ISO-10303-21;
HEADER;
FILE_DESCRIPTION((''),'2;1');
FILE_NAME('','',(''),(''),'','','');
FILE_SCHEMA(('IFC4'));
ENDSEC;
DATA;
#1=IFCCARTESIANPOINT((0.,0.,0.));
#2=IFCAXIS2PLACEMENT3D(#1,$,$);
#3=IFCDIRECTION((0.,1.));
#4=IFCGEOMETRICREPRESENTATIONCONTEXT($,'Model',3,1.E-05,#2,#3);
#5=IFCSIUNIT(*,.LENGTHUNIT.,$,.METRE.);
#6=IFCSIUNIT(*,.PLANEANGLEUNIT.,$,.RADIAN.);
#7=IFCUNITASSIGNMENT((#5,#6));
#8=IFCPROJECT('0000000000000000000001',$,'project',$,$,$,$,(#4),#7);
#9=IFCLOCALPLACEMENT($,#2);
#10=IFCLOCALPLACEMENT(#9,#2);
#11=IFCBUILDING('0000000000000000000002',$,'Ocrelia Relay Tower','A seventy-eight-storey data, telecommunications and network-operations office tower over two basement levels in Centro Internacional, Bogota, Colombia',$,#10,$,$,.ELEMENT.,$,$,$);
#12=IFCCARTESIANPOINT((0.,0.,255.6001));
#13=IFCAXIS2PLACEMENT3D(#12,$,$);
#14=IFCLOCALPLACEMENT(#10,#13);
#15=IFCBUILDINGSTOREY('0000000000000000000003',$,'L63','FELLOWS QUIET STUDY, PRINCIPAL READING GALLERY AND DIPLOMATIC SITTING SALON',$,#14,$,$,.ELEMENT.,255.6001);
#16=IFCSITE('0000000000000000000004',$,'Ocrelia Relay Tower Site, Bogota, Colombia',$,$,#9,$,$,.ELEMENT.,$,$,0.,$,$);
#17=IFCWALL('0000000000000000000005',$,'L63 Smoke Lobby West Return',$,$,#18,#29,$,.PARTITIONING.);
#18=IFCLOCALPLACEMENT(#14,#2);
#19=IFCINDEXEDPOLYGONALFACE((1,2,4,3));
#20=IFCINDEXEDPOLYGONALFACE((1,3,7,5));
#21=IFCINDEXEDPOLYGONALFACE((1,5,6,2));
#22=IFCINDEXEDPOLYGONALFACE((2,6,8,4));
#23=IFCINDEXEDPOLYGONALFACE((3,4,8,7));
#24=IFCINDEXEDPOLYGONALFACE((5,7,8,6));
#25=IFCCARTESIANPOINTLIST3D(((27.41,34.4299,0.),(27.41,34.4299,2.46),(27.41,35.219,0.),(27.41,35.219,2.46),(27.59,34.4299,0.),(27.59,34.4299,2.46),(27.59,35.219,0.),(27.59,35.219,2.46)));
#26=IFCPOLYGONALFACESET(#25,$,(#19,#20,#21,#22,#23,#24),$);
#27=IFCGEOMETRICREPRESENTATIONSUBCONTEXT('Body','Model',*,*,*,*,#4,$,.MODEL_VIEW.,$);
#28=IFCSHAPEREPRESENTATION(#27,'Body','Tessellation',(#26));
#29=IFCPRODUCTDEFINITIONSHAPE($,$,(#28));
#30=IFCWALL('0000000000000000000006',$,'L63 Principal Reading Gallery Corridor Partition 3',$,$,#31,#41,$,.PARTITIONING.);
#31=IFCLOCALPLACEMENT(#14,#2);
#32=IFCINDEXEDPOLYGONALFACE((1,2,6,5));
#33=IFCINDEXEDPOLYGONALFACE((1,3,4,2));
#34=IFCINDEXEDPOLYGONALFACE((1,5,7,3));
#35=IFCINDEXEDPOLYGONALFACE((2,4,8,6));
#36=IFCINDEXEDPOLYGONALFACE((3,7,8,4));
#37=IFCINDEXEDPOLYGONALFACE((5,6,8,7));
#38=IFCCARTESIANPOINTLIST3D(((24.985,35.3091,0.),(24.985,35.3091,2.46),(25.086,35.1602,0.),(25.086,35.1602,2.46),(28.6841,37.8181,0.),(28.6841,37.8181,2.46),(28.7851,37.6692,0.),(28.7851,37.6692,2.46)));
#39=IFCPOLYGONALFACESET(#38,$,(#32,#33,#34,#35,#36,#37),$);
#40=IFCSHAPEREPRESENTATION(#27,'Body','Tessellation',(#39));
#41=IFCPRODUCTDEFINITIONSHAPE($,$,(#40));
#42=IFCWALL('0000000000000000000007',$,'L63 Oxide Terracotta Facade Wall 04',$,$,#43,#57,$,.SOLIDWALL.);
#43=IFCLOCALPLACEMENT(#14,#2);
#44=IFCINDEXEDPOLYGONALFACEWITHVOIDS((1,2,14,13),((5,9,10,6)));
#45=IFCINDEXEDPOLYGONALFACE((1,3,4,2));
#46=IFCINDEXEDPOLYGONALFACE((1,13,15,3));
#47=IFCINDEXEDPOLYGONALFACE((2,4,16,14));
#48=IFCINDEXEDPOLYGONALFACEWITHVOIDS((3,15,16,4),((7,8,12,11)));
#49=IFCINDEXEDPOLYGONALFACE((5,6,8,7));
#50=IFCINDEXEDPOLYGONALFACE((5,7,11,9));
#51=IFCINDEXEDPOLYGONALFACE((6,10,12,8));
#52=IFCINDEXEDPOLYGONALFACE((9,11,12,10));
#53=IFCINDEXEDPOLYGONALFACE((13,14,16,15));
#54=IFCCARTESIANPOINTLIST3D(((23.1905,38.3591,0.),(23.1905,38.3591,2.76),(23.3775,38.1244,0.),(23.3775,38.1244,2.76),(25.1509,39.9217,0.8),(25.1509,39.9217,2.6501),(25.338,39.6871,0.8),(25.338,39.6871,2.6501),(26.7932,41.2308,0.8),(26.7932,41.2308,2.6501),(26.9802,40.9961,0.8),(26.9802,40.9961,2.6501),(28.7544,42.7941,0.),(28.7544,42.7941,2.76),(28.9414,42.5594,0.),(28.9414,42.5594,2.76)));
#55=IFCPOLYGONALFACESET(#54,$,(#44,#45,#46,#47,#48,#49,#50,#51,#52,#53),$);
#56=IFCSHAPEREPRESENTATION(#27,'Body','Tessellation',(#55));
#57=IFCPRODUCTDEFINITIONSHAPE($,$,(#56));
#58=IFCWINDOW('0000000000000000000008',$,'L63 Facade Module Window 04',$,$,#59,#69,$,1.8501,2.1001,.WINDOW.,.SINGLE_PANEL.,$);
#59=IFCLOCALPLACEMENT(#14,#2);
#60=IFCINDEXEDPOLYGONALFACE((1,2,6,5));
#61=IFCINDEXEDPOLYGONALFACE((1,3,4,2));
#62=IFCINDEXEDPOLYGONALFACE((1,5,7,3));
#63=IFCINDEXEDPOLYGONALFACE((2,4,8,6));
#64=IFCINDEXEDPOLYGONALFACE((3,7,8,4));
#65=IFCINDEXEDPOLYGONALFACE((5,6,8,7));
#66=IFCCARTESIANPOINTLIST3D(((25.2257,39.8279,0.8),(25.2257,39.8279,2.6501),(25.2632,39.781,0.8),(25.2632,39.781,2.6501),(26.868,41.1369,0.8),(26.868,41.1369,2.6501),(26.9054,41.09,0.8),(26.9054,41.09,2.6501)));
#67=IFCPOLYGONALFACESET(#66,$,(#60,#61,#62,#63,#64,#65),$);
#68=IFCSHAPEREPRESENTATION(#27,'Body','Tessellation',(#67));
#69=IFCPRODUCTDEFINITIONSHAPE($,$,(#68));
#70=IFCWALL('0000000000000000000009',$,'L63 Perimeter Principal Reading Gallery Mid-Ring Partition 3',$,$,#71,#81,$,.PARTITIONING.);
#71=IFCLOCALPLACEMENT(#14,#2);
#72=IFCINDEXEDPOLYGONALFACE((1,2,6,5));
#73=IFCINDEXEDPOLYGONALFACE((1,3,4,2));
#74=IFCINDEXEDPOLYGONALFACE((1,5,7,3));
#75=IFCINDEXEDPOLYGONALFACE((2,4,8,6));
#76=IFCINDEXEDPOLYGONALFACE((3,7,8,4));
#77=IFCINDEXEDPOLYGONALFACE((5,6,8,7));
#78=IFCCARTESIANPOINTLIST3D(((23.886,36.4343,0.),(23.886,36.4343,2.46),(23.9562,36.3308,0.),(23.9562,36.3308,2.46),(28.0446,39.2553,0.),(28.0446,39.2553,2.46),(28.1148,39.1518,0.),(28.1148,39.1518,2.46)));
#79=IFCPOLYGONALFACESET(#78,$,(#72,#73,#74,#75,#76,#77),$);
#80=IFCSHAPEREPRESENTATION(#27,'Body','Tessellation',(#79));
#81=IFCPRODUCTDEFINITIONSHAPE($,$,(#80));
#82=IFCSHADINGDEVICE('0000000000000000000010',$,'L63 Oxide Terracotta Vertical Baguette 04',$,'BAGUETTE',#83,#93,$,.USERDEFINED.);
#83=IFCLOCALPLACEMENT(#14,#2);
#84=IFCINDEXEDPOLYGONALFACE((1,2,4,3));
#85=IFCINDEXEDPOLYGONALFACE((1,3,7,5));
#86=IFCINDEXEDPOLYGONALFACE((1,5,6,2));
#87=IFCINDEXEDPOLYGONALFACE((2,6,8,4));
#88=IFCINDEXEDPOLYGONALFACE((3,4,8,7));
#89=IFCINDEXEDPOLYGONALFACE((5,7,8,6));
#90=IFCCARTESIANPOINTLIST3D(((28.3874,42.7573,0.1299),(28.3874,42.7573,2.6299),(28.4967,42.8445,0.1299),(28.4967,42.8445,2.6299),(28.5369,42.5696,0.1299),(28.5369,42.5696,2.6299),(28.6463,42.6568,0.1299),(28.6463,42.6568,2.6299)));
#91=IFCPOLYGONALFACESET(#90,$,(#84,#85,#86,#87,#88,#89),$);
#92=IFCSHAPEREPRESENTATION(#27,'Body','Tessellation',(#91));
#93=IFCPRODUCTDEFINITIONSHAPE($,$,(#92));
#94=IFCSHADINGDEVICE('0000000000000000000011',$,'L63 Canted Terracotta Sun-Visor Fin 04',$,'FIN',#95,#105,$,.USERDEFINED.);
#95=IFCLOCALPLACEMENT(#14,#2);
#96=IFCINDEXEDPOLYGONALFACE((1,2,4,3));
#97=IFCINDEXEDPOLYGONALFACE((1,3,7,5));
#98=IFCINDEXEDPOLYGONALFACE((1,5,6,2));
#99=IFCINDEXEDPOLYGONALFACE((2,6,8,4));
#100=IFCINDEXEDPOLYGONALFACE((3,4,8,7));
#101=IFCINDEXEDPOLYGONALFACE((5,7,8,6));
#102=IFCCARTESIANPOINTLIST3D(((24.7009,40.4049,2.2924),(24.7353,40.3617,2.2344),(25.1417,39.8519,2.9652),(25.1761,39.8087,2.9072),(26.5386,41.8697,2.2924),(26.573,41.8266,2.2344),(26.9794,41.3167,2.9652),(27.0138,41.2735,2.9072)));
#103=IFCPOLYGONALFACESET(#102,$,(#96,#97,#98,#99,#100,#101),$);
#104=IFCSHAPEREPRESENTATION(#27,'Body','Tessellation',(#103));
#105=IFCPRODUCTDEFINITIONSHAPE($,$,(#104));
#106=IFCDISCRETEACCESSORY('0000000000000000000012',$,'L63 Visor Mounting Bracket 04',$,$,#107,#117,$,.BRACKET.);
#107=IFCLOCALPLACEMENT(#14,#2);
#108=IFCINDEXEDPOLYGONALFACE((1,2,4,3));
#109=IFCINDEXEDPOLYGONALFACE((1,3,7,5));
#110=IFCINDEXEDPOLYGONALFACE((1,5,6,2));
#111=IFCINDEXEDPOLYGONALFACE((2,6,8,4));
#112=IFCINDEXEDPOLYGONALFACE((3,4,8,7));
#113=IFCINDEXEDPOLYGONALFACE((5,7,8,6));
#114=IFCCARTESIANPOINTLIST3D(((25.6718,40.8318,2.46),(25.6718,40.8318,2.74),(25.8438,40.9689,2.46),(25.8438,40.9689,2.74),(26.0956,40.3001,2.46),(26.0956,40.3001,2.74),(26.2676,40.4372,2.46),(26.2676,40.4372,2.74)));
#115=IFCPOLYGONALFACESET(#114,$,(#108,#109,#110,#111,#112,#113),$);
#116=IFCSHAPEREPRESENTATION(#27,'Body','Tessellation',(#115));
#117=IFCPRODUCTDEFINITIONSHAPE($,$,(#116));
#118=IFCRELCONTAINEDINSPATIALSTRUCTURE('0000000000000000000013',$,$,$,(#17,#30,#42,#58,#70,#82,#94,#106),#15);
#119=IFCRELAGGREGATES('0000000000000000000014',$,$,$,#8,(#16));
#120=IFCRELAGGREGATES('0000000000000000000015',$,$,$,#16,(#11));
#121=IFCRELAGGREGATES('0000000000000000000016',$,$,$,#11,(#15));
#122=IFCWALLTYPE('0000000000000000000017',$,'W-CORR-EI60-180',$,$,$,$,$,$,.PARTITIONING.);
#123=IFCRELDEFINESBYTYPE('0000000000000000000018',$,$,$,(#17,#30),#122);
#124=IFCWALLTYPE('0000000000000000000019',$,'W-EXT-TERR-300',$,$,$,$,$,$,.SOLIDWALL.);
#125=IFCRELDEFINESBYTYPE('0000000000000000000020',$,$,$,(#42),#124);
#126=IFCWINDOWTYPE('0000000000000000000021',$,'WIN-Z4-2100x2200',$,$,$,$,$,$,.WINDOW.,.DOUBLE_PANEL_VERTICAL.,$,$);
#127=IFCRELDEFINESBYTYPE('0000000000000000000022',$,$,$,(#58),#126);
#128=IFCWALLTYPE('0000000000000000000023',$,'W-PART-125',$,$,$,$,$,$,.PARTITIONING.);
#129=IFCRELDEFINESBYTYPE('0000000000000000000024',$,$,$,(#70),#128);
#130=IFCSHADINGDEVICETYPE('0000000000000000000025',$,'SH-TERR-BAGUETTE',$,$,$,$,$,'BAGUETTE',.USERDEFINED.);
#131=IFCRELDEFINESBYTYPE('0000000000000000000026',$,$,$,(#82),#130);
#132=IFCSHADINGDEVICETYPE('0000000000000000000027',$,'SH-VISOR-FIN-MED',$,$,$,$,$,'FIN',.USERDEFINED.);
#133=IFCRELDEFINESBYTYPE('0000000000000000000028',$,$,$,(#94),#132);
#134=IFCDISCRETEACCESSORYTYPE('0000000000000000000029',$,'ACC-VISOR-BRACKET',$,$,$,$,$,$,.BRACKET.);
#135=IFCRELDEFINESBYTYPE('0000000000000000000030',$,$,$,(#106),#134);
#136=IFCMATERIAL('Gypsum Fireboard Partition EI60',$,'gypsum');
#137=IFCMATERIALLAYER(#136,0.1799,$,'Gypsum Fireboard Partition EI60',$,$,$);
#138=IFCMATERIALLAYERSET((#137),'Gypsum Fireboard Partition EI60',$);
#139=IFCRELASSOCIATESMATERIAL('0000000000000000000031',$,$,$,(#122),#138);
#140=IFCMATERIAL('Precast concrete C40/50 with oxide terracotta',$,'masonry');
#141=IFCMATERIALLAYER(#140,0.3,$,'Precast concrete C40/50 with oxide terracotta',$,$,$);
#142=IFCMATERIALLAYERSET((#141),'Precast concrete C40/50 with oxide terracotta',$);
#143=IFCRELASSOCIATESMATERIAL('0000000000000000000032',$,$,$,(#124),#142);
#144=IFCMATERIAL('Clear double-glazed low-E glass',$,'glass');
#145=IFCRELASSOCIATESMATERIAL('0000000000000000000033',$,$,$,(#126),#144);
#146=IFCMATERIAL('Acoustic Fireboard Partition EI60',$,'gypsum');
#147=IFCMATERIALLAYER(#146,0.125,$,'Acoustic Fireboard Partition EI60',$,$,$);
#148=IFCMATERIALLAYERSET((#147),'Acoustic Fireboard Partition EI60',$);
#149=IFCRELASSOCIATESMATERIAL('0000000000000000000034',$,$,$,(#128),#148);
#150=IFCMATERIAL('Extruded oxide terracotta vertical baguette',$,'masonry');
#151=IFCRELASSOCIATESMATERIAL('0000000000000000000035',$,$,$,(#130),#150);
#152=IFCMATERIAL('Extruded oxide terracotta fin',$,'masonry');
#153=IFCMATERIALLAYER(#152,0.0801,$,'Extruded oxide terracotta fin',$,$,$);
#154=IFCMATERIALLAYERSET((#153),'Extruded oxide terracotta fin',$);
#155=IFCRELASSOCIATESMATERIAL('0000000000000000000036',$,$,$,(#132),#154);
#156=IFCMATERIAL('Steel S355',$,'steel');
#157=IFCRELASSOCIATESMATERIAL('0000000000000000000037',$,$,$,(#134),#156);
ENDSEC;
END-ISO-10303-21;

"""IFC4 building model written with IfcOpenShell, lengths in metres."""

from ifc_helpers import new_model, si_unit, direction, frame, frame_2d, origin, origin_2d, place, context, subcontext, project, spatial, rectangle, extrude, material, layer, layer_set, type_object, element, fill, save


model = new_model("IFC4")

# Units and contexts
model_context = context("Model", 3, precision=1e-05, world=origin(), true_north=direction((0.0, 1.0)))
body_context = subcontext(model_context, "Body", "Model", "MODEL_VIEW")
ifc_project = project(units=[si_unit("LENGTHUNIT", "METRE"), si_unit("PLANEANGLEUNIT", "RADIAN")], contexts=[model_context])

# Site, building, storey
site_placement = place(None, origin())
site = spatial("IfcSite", under=ifc_project, at=site_placement, Name="Ocrelia Relay Tower Site, Bogota, Colombia", CompositionType="ELEMENT", RefElevation=0.0)
building_placement = place(site_placement, origin())
building = spatial("IfcBuilding", under=site, at=building_placement, Name="Ocrelia Relay Tower", Description="A seventy-eight-storey data, telecommunications and network-operations office tower over two basement levels in Centro Internacional, Bogota, Colombia", CompositionType="ELEMENT")
storey_placement = place(building_placement, frame((0.0, 0.0, 255.6001)))
storey = spatial("IfcBuildingStorey", under=building, at=storey_placement, Name="L63", Description="FELLOWS QUIET STUDY, PRINCIPAL READING GALLERY AND DIPLOMATIC SITTING SALON", CompositionType="ELEMENT", Elevation=255.6001)

# Shared definitions
ifc_material_1 = material(Name="Steel S355", Category="steel")

# Wall
ifc_material_2 = material(Name="Gypsum Fireboard Partition EI60", Category="gypsum")
ifc_layer_1 = layer(ifc_material_2, 0.1799, Name="Gypsum Fireboard Partition EI60")
ifc_layer_set_1 = layer_set([ifc_layer_1], Name="Gypsum Fireboard Partition EI60")
wall_type_1 = type_object("IfcWallType", Name="W-CORR-EI60-180", PredefinedType="PARTITIONING", material=ifc_layer_set_1)
wall_1_placement = place(storey_placement, frame((27.5, 34.4299, 0.0), z_axis=(0.0, 0.0, 1.0), x_axis=(0.0, 1.0, 0.0)))
element("IfcWall", 1, at=wall_1_placement, inside=storey, type_object=wall_type_1, Name="L63 Smoke Lobby West Return", PredefinedType="PARTITIONING", context=body_context, shape_type="SweptSolid", body=[
    extrude(rectangle(XDim=0.7891, YDim=0.1799, at=frame_2d((0.3945, 0.0))), origin(), (0.0, 0.0, 1.0), 2.46),
])

# Wall
wall_2_placement = place(storey_placement, frame((28.7346, 37.7437, 0.0), z_axis=(0.0, 0.0, 1.0), x_axis=(-0.827595, -0.561325, 0.0)))
element("IfcWall", 2, at=wall_2_placement, inside=storey, type_object=wall_type_1, Name="L63 Principal Reading Gallery Corridor Partition 3", PredefinedType="PARTITIONING", context=body_context, shape_type="SweptSolid", body=[
    extrude(rectangle(XDim=4.4697, YDim=0.1799, at=frame_2d((2.2349, 0.0))), origin(), (0.0, 0.0, 1.0), 2.46),
])

# Wall, opening, window
ifc_material_3 = material(Name="Precast concrete C40/50 with oxide terracotta", Category="masonry")
ifc_layer_2 = layer(ifc_material_3, 0.3, Name="Precast concrete C40/50 with oxide terracotta")
ifc_layer_set_2 = layer_set([ifc_layer_2], Name="Precast concrete C40/50 with oxide terracotta")
wall_type_2 = type_object("IfcWallType", Name="W-EXT-TERR-300", PredefinedType="SOLIDWALL", material=ifc_layer_set_2)
wall_3_placement = place(storey_placement, frame((28.8479, 42.6768, 0.0), z_axis=(0.0, 0.0, 1.0), x_axis=(-0.781972, -0.623313, 0.0)))
wall_3 = element("IfcWall", 3, at=wall_3_placement, inside=storey, type_object=wall_type_2, Name="L63 Oxide Terracotta Facade Wall 04", PredefinedType="SOLIDWALL", context=body_context, shape_type="SweptSolid", body=[
    extrude(rectangle(XDim=7.1152, YDim=0.3, at=frame_2d((3.5576, 0.0))), origin(), (0.0, 0.0, 1.0), 2.76),
])
opening_1_placement = place(wall_3_placement, frame((2.5081, 0.0, 0.8)))
opening_1 = element("IfcOpeningElement", 4, at=opening_1_placement, cuts=wall_3, PredefinedType="OPENING", context=body_context, shape_type="SweptSolid", body=[
    extrude(rectangle(XDim=2.1001, YDim=1.8501, at=frame_2d((1.05, 0.925))), frame((0.0, 0.1602, 0.0), z_axis=(0.0, -1.0, 0.0), x_axis=(1.0, 0.0, 0.0)), (0.0, 0.0, 1.0), 0.3201),
])
ifc_material_4 = material(Name="Clear double-glazed low-E glass", Category="glass")
window_type = type_object("IfcWindowType", Name="WIN-Z4-2100x2200", PartitioningType="DOUBLE_PANEL_VERTICAL", PredefinedType="WINDOW", material=ifc_material_4)
window_placement = place(opening_1_placement, origin())
window = element("IfcWindow", 5, at=window_placement, inside=storey, type_object=window_type, Name="L63 Facade Module Window 04", OverallHeight=1.8501, OverallWidth=2.1001, PartitioningType="SINGLE_PANEL", PredefinedType="WINDOW", context=body_context, shape_type="SweptSolid", body=[
    extrude(rectangle(XDim=2.1001, YDim=1.8501, at=frame_2d((1.05, 0.925))), frame((0.0, 0.03, 0.0), z_axis=(0.0, -1.0, 0.0), x_axis=(1.0, 0.0, 0.0)), (0.0, 0.0, 1.0), 0.0601),
])
fill(opening_1, window)

# Wall
ifc_material_5 = material(Name="Acoustic Fireboard Partition EI60", Category="gypsum")
ifc_layer_3 = layer(ifc_material_5, 0.125, Name="Acoustic Fireboard Partition EI60")
ifc_layer_set_3 = layer_set([ifc_layer_3], Name="Acoustic Fireboard Partition EI60")
wall_type_3 = type_object("IfcWallType", Name="W-PART-125", PredefinedType="PARTITIONING", material=ifc_layer_set_3)
wall_4_placement = place(storey_placement, frame((28.0798, 39.2036, 0.0), z_axis=(0.0, 0.0, 1.0), x_axis=(-0.827561, -0.561375, 0.0)))
element("IfcWall", 6, at=wall_4_placement, inside=storey, type_object=wall_type_3, Name="L63 Perimeter Principal Reading Gallery Mid-Ring Partition 3", PredefinedType="PARTITIONING", context=body_context, shape_type="SweptSolid", body=[
    extrude(rectangle(XDim=5.0251, YDim=0.125, at=frame_2d((2.5127, 0.0))), origin(), (0.0, 0.0, 1.0), 2.46),
])

# Shading devices
ifc_material_6 = material(Name="Extruded oxide terracotta vertical baguette", Category="masonry")
shading_device_type_1 = type_object("IfcShadingDeviceType", Name="SH-TERR-BAGUETTE", ElementType="BAGUETTE", PredefinedType="USERDEFINED", material=ifc_material_6)
shading_device_1_placement = place(storey_placement, frame((28.5168, 42.707, 0.1299), z_axis=(0.0, 0.0, 1.0), x_axis=(-0.781973, -0.623313, 0.0)))
element("IfcShadingDevice", 7, at=shading_device_1_placement, inside=storey, type_object=shading_device_type_1, Name="L63 Oxide Terracotta Vertical Baguette 04", ObjectType="BAGUETTE", PredefinedType="USERDEFINED", context=body_context, shape_type="SweptSolid", body=[
    extrude(rectangle(XDim=0.1399, YDim=0.24, at=origin_2d()), origin(), (0.0, 0.0, 1.0), 2.5),
])
ifc_material_7 = material(Name="Extruded oxide terracotta fin", Category="masonry")
ifc_layer_4 = layer(ifc_material_7, 0.0801, Name="Extruded oxide terracotta fin")
ifc_layer_set_4 = layer_set([ifc_layer_4], Name="Extruded oxide terracotta fin")
shading_device_type_2 = type_object("IfcShadingDeviceType", Name="SH-VISOR-FIN-MED", ElementType="FIN", PredefinedType="USERDEFINED", material=ifc_layer_set_4)
shading_device_2_placement = place(storey_placement, frame((25.8745, 40.8176, 2.5708), z_axis=(-0.429612, 0.538967, 0.724533), x_axis=(-0.781973, -0.623313, 0.0)))
element("IfcShadingDevice", 8, at=shading_device_2_placement, inside=storey, type_object=shading_device_type_2, Name="L63 Canted Terracotta Sun-Visor Fin 04", ObjectType="FIN", PredefinedType="USERDEFINED", context=body_context, shape_type="SweptSolid", body=[
    extrude(rectangle(XDim=2.3501, YDim=0.9761, at=origin_2d()), origin(), (0.0, 0.0, 1.0), 0.0801),
])

# Discrete accessory
discrete_accessory_type = type_object("IfcDiscreteAccessoryType", Name="ACC-VISOR-BRACKET", PredefinedType="BRACKET", material=ifc_material_1)
discrete_accessory_placement = place(storey_placement, frame((25.9697, 40.6345, 2.46), z_axis=(0.0, 0.0, 1.0), x_axis=(-0.781973, -0.623313, 0.0)))
element("IfcDiscreteAccessory", 9, at=discrete_accessory_placement, inside=storey, type_object=discrete_accessory_type, Name="L63 Visor Mounting Bracket 04", PredefinedType="BRACKET", context=body_context, shape_type="SweptSolid", body=[
    extrude(rectangle(XDim=0.22, YDim=0.6799, at=origin_2d()), origin(), (0.0, 0.0, 1.0), 0.28),
])

save(model, "model.ifc")
